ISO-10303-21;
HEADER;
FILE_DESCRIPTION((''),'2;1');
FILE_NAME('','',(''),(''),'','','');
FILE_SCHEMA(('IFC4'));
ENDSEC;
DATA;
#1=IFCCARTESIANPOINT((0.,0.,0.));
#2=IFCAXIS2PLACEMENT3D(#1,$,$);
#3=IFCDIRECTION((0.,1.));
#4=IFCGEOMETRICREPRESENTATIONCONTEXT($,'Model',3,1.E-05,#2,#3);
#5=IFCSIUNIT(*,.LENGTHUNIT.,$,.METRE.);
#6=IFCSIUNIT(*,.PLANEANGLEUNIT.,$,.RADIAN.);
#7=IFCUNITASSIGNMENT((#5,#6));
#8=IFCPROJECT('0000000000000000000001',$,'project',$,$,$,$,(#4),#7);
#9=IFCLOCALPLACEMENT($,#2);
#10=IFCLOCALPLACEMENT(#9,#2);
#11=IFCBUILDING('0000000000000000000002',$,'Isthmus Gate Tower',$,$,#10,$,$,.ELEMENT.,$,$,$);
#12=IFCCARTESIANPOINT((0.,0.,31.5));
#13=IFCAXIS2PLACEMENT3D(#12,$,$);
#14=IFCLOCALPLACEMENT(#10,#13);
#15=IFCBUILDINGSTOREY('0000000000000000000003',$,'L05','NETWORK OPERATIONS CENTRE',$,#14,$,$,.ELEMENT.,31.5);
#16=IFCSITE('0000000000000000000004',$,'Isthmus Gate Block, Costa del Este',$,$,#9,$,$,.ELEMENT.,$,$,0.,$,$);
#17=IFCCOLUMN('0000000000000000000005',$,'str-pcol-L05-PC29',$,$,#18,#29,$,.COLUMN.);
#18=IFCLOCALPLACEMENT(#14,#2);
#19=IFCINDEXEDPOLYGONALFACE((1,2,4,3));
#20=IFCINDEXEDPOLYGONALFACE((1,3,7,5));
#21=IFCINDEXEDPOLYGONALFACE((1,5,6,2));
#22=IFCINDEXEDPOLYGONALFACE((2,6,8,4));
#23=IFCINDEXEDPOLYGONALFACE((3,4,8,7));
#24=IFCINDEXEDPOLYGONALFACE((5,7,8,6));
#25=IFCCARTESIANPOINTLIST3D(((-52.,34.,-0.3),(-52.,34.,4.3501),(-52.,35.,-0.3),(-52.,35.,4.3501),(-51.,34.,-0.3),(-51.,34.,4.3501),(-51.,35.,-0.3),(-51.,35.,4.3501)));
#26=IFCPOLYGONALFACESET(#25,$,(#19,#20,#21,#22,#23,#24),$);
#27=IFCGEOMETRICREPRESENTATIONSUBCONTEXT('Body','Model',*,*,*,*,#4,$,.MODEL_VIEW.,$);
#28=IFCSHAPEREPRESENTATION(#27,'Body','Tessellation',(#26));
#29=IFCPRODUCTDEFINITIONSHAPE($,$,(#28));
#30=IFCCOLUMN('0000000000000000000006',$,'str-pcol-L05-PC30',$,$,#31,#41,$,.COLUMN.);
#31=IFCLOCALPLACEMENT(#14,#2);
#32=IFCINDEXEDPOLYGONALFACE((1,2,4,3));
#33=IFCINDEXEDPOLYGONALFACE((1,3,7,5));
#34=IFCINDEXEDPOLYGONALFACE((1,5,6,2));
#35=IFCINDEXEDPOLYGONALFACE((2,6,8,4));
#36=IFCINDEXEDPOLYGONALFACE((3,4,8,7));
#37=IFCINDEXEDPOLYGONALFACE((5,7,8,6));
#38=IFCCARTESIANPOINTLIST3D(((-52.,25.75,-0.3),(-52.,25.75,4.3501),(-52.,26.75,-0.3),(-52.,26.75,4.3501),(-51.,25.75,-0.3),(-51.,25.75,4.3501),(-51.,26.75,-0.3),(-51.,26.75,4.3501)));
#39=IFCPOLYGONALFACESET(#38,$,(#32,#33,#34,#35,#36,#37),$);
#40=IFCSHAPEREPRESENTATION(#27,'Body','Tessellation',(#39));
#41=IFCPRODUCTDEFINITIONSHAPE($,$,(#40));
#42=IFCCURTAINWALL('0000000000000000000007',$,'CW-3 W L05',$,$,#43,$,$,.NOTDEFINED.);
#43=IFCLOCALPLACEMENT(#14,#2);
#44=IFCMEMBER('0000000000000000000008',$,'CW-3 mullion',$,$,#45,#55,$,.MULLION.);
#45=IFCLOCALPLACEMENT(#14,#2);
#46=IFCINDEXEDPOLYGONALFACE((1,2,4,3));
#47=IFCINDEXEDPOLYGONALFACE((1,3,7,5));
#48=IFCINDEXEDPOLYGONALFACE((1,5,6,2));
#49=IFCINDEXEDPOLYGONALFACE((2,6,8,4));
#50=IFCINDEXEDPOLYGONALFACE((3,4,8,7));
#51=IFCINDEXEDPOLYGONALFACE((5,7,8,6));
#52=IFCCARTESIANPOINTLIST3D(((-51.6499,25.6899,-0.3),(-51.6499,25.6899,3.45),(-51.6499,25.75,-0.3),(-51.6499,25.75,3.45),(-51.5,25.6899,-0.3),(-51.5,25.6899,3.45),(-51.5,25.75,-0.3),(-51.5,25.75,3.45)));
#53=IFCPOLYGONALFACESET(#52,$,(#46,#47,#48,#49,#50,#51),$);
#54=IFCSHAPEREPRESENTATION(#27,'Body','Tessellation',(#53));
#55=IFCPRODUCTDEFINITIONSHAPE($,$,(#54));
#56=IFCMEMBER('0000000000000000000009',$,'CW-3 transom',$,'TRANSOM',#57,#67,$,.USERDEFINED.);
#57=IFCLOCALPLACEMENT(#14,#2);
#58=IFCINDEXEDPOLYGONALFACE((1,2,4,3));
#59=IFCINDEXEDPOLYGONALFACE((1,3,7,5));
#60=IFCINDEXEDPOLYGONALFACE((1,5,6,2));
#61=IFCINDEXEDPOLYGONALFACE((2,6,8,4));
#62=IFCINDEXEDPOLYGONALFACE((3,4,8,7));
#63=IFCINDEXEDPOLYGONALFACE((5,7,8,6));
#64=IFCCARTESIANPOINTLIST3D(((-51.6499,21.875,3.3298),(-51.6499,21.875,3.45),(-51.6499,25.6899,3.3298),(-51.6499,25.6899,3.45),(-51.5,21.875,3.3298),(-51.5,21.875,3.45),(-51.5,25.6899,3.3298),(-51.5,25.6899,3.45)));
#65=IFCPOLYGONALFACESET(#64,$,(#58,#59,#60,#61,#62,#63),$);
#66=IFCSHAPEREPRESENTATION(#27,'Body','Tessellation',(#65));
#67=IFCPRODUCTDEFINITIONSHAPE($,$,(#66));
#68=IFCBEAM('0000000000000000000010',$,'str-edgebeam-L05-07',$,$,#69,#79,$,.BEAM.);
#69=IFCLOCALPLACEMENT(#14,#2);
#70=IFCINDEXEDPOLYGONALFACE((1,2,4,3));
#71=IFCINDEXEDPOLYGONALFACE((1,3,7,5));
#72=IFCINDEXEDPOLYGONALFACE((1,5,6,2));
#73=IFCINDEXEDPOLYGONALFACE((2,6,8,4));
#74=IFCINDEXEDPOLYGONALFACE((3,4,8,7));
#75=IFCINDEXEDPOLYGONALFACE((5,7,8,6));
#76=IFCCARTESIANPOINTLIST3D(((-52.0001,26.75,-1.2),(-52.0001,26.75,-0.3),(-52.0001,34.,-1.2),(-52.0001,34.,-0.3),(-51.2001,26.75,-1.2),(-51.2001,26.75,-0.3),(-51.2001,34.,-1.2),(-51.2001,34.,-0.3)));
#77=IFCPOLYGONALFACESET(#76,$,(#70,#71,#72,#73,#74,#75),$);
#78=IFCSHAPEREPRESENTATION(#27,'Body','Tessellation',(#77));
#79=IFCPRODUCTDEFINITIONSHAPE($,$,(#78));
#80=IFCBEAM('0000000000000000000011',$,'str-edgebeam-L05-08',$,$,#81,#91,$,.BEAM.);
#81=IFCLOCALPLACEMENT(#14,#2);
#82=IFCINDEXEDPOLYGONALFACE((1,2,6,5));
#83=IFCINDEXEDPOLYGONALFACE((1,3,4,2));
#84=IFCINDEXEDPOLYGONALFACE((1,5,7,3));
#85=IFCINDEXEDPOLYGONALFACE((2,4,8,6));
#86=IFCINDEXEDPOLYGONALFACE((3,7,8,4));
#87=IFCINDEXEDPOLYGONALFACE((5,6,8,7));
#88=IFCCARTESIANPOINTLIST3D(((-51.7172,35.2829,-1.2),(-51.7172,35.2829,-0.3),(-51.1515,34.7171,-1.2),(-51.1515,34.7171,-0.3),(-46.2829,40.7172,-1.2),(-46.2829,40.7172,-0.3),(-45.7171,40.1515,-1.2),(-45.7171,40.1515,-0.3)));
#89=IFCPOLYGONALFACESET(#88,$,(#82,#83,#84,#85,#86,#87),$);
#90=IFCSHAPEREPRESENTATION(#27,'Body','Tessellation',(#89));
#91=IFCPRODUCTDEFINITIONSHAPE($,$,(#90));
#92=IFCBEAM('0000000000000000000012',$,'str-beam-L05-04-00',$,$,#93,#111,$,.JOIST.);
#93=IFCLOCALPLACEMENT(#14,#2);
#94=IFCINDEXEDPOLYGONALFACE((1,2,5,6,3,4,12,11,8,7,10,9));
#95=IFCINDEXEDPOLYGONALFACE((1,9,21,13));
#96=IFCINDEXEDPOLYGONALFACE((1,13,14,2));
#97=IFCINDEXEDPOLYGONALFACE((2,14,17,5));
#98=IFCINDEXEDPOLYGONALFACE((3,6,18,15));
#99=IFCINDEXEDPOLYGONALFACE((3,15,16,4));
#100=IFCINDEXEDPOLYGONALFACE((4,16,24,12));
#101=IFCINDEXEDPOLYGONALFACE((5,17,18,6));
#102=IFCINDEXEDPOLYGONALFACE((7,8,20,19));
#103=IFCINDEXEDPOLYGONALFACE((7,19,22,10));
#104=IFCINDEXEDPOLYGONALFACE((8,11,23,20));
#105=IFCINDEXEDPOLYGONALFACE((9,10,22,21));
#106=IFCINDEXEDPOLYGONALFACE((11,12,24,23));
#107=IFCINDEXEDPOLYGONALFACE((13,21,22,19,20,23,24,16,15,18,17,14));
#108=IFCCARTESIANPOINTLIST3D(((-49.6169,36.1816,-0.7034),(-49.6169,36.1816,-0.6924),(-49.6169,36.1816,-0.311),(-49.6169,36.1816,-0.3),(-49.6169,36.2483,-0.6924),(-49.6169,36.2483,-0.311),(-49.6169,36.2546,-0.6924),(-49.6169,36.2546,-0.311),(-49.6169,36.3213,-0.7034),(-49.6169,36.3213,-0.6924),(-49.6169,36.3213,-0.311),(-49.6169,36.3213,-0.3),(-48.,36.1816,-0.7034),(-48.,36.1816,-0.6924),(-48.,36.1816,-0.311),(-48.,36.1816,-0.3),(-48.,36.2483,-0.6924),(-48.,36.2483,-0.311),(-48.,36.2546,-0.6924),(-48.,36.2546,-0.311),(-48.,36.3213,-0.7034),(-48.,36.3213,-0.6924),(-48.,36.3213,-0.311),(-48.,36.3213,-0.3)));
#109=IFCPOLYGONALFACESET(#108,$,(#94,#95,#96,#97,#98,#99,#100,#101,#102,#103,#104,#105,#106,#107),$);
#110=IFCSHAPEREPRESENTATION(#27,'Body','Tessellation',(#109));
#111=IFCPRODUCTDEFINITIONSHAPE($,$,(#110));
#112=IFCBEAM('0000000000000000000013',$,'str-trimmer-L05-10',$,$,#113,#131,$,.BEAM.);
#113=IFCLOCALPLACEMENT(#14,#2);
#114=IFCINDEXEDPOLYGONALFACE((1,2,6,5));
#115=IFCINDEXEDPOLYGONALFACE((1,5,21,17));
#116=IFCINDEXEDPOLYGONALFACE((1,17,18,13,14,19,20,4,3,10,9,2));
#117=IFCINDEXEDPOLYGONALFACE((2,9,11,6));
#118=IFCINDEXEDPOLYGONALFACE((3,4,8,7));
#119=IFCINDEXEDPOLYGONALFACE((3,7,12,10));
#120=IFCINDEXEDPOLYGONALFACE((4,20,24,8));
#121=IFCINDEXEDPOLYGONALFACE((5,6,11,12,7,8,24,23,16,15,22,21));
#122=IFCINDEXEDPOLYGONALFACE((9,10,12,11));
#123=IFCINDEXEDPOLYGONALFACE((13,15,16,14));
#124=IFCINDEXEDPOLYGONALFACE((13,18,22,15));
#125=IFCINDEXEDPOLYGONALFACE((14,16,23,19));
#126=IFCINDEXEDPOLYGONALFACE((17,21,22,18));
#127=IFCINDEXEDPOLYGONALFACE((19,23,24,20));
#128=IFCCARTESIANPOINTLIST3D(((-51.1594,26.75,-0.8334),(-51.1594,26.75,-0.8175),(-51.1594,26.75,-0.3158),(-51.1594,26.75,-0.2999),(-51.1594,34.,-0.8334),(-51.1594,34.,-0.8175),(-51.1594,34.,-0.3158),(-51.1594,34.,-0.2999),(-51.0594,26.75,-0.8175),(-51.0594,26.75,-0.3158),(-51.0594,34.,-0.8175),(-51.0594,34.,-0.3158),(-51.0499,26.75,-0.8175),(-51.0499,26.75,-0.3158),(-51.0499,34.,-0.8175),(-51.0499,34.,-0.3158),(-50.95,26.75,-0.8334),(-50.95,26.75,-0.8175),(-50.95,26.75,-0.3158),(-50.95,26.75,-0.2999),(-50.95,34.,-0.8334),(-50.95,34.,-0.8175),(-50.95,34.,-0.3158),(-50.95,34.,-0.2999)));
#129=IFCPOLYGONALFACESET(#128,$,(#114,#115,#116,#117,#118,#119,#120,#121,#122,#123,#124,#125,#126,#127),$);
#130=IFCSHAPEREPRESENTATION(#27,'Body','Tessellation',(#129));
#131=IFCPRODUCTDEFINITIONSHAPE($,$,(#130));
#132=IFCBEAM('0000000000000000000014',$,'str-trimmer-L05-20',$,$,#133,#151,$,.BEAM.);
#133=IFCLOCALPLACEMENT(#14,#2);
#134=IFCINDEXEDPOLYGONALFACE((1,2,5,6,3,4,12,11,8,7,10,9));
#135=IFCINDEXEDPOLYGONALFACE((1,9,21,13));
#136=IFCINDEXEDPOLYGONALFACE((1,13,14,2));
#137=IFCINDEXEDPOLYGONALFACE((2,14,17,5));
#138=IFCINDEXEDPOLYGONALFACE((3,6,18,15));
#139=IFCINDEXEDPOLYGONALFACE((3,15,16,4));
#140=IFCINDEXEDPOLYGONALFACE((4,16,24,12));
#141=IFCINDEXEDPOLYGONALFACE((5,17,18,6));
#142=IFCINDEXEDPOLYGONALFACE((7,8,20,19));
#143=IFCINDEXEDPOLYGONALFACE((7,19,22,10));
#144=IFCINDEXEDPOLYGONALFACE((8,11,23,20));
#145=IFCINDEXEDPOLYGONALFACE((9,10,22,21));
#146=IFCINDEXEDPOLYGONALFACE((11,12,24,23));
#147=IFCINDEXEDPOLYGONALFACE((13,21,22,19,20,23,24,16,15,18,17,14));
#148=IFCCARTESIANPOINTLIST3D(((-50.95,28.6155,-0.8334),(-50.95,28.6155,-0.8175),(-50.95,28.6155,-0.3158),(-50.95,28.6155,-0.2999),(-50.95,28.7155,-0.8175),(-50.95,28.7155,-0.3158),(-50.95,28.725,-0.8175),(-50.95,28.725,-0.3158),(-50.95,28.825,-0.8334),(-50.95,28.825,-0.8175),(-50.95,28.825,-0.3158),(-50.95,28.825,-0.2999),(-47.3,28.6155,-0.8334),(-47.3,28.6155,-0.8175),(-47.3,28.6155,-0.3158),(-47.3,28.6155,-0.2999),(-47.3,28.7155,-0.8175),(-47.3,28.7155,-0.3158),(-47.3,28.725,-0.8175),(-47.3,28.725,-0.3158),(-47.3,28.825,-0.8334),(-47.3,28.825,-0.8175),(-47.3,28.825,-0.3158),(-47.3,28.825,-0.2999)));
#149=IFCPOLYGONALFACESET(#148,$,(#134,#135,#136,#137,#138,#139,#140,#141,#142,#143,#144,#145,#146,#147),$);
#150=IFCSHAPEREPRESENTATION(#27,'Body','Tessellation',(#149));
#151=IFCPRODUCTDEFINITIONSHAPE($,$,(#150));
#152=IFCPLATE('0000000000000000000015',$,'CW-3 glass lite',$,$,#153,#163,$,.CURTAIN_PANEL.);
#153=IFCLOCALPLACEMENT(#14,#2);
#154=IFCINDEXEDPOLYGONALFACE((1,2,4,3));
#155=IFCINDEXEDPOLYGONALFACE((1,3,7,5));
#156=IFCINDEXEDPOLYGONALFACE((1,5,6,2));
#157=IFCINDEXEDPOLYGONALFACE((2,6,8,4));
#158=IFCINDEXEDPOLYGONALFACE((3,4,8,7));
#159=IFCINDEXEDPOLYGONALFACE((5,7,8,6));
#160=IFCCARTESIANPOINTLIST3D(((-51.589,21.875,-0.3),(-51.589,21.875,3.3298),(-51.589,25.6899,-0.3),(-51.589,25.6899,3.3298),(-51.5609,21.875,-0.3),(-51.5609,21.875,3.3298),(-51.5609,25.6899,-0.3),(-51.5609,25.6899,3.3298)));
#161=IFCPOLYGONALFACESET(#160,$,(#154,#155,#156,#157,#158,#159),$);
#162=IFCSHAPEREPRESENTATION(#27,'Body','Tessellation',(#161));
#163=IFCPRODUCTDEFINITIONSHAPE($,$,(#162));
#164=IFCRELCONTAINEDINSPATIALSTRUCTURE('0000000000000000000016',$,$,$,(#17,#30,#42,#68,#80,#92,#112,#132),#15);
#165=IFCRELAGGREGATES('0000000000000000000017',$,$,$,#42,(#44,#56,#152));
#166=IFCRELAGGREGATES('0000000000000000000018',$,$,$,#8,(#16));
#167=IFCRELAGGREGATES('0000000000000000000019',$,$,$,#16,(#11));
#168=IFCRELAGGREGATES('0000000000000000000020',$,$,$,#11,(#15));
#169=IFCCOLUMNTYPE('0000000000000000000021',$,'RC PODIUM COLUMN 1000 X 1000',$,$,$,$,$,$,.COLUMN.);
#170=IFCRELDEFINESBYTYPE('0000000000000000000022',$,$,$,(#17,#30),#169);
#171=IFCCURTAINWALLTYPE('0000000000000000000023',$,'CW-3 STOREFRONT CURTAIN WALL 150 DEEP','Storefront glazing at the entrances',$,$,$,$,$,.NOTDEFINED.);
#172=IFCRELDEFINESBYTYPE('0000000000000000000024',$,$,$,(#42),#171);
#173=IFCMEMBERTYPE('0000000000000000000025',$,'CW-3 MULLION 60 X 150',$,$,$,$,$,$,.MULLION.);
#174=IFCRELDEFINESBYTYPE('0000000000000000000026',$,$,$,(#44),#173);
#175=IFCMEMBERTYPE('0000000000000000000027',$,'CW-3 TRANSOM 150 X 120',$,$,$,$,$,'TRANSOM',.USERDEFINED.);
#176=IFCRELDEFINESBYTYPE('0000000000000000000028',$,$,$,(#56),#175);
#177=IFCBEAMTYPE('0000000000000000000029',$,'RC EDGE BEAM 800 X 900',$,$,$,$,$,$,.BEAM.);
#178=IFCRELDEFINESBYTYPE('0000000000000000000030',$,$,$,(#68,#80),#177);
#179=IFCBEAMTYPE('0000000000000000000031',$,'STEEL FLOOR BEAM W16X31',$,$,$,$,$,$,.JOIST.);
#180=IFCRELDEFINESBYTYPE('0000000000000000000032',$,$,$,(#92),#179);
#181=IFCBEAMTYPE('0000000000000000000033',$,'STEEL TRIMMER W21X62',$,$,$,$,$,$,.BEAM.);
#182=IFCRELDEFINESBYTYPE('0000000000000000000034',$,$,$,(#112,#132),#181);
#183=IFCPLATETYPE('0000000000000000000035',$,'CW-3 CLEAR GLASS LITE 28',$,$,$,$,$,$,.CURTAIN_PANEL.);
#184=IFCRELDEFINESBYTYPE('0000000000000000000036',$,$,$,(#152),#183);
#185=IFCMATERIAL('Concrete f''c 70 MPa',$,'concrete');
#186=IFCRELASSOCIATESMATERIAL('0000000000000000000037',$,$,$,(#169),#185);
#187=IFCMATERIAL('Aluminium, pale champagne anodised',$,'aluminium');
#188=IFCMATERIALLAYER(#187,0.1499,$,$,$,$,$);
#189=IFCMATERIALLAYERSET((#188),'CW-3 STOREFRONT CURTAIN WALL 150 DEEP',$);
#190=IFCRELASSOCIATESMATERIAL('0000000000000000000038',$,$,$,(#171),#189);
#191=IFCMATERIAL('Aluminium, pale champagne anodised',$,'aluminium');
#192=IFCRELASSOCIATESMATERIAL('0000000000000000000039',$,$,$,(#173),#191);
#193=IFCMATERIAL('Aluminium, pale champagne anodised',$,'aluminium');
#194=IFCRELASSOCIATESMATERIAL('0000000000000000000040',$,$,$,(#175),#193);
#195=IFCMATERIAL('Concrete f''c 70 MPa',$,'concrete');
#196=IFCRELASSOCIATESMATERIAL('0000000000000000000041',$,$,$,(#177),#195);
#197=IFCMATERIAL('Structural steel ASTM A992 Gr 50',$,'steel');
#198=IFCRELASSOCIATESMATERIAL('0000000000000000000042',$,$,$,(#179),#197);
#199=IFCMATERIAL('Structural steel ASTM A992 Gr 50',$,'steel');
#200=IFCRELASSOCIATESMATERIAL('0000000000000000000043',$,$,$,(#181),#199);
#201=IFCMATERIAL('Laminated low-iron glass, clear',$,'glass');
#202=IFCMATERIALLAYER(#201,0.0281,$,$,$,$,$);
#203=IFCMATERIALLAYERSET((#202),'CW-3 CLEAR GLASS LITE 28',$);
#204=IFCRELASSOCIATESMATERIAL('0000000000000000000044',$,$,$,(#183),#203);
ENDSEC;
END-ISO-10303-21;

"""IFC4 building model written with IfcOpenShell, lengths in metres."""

from ifc_helpers import new_model, si_unit, direction, frame, origin, origin_2d, place, context, subcontext, project, spatial, rectangle, i_section, extrude, material, layer, layer_set, material_profile, profile_set, type_object, element, aggregate, save


model = new_model("IFC4")

# Units and contexts
model_context = context("Model", 3, precision=1e-05, world=origin(), true_north=direction((0.0, 1.0)))
body_context = subcontext(model_context, "Body", "Model", "MODEL_VIEW")
ifc_project = project(units=[si_unit("LENGTHUNIT", "METRE"), si_unit("PLANEANGLEUNIT", "RADIAN")], contexts=[model_context])

# Site, building, storey
site_placement = place(None, origin())
site = spatial("IfcSite", under=ifc_project, at=site_placement, Name="Isthmus Gate Block, Costa del Este", CompositionType="ELEMENT", RefElevation=0.0)
building_placement = place(site_placement, origin())
building = spatial("IfcBuilding", under=site, at=building_placement, Name="Isthmus Gate Tower", CompositionType="ELEMENT")
storey_placement = place(building_placement, frame((0.0, 0.0, 31.5)))
storey = spatial("IfcBuildingStorey", under=building, at=storey_placement, Name="L05", Description="NETWORK OPERATIONS CENTRE", CompositionType="ELEMENT", Elevation=31.5)

# Columns
ifc_material_1 = material(Name="Concrete f'c 70 MPa", Category="concrete")
ifc_material_profile_1 = material_profile(ifc_material_1, rectangle(XDim=1.0, YDim=1.0, at=origin_2d()), Name="RC 1000X1000")
ifc_profile_set_1 = profile_set([ifc_material_profile_1], Name="Concrete f'c 70 MPa")
column_type = type_object("IfcColumnType", Name="RC PODIUM COLUMN 1000 X 1000", PredefinedType="COLUMN", material=ifc_profile_set_1)
for number, where, z_axis, x_axis, name in (
    (1, (-51.5, 34.5, -0.3), (0.0, 0.0, 1.0), (0.0, -1.0, 0.0), "str-pcol-L05-PC29"),
    (2, (-51.5, 26.25, -0.3), (0.0, 0.0, 1.0), (0.0, -1.0, 0.0), "str-pcol-L05-PC30"),
):
    element("IfcColumn", number, at=place(storey_placement, frame(where, z_axis=z_axis, x_axis=x_axis)), inside=storey, type_object=column_type, Name=name, PredefinedType="COLUMN", context=body_context, shape_type="SweptSolid", body=[
        extrude(rectangle(XDim=1.0, YDim=1.0, at=origin_2d()), origin(), (0.0, 0.0, 1.0), 4.6501),
    ])

# Curtain wall, members
ifc_material_2 = material(Name="Aluminium, pale champagne anodised", Category="aluminium")
ifc_layer_1 = layer(ifc_material_2, 0.1499)
ifc_layer_set_1 = layer_set([ifc_layer_1], Name="CW-3 STOREFRONT CURTAIN WALL 150 DEEP")
curtain_wall_type = type_object("IfcCurtainWallType", Name="CW-3 STOREFRONT CURTAIN WALL 150 DEEP", Description="Storefront glazing at the entrances", PredefinedType="NOTDEFINED", material=ifc_layer_set_1)
curtain_wall_placement = place(storey_placement, origin())
curtain_wall = element("IfcCurtainWall", 3, at=curtain_wall_placement, inside=storey, type_object=curtain_wall_type, Name="CW-3 W L05", PredefinedType="NOTDEFINED")
ifc_material_3 = material(Name="Aluminium, pale champagne anodised", Category="aluminium")
ifc_material_profile_2 = material_profile(ifc_material_3, rectangle(XDim=0.0601, YDim=0.1499, at=origin_2d()), Name="60x150")
ifc_profile_set_2 = profile_set([ifc_material_profile_2], Name="Aluminium, pale champagne anodised")
member_type_1 = type_object("IfcMemberType", Name="CW-3 MULLION 60 X 150", PredefinedType="MULLION", material=ifc_profile_set_2)
member_1_placement = place(storey_placement, frame((-51.575, 25.72, -0.3), z_axis=(0.0, 0.0, 1.0), x_axis=(0.0, -1.0, 0.0)))
member_1 = element("IfcMember", 4, at=member_1_placement, type_object=member_type_1, Name="CW-3 mullion", PredefinedType="MULLION", context=body_context, shape_type="SweptSolid", body=[
    extrude(rectangle(XDim=0.0601, YDim=0.1499, at=origin_2d()), origin(), (0.0, 0.0, 1.0), 3.75),
])
ifc_material_4 = material(Name="Aluminium, pale champagne anodised", Category="aluminium")
ifc_material_profile_3 = material_profile(ifc_material_4, rectangle(XDim=0.1499, YDim=0.1201, at=origin_2d()), Name="150x120")
ifc_profile_set_3 = profile_set([ifc_material_profile_3], Name="Aluminium, pale champagne anodised")
member_type_2 = type_object("IfcMemberType", Name="CW-3 TRANSOM 150 X 120", ElementType="TRANSOM", PredefinedType="USERDEFINED", material=ifc_profile_set_3)
member_2_placement = place(storey_placement, frame((-51.575, 25.6899, 3.3899), z_axis=(0.0, -1.0, 0.0), x_axis=(1.0, 0.0, 0.0)))
member_2 = element("IfcMember", 5, at=member_2_placement, type_object=member_type_2, Name="CW-3 transom", ObjectType="TRANSOM", PredefinedType="USERDEFINED", context=body_context, shape_type="SweptSolid", body=[
    extrude(rectangle(XDim=0.1499, YDim=0.1201, at=origin_2d()), origin(), (0.0, 0.0, 1.0), 3.8149),
])

# Beams
ifc_material_5 = material(Name="Concrete f'c 70 MPa", Category="concrete")
ifc_material_profile_4 = material_profile(ifc_material_5, rectangle(XDim=0.8, YDim=0.8999, at=origin_2d()), Name="RC 800X900")
ifc_profile_set_4 = profile_set([ifc_material_profile_4], Name="Concrete f'c 70 MPa")
beam_type_1 = type_object("IfcBeamType", Name="RC EDGE BEAM 800 X 900", PredefinedType="BEAM", material=ifc_profile_set_4)
beam_1_placement = place(storey_placement, frame((-51.6001, 26.75, -0.75), z_axis=(0.0, 1.0, 0.0), x_axis=(-1.0, 0.0, 0.0)))
element("IfcBeam", 6, at=beam_1_placement, inside=storey, type_object=beam_type_1, Name="str-edgebeam-L05-07", PredefinedType="BEAM", context=body_context, shape_type="SweptSolid", body=[
    extrude(rectangle(XDim=0.8, YDim=0.8999, at=origin_2d()), origin(), (0.0, 0.0, 1.0), 7.25),
])
beam_2_placement = place(storey_placement, frame((-51.4343, 35.0, -0.75), z_axis=(0.707107, 0.707107, 0.0), x_axis=(-0.707107, 0.707107, 0.0)))
element("IfcBeam", 7, at=beam_2_placement, inside=storey, type_object=beam_type_1, Name="str-edgebeam-L05-08", PredefinedType="BEAM", context=body_context, shape_type="SweptSolid", body=[
    extrude(rectangle(XDim=0.8, YDim=0.8999, at=origin_2d()), origin(), (0.0, 0.0, 1.0), 7.6853),
])
ifc_material_6 = material(Name="Structural steel ASTM A992 Gr 50", Category="steel")
ifc_material_profile_5 = material_profile(ifc_material_6, i_section(OverallWidth=0.1396, OverallDepth=0.4033, WebThickness=0.0063, FlangeThickness=0.011, at=origin_2d()), Name="W16X31")
ifc_profile_set_5 = profile_set([ifc_material_profile_5], Name="Structural steel ASTM A992 Gr 50")
beam_type_2 = type_object("IfcBeamType", Name="STEEL FLOOR BEAM W16X31", PredefinedType="JOIST", material=ifc_profile_set_5)
beam_3_placement = place(storey_placement, frame((-49.6169, 36.2515, -0.5017), z_axis=(1.0, 0.0, 0.0), x_axis=(0.0, 1.0, 0.0)))
element("IfcBeam", 8, at=beam_3_placement, inside=storey, type_object=beam_type_2, Name="str-beam-L05-04-00", PredefinedType="JOIST", context=body_context, shape_type="SweptSolid", body=[
    extrude(i_section(OverallWidth=0.1396, OverallDepth=0.4033, WebThickness=0.0063, FlangeThickness=0.011, at=origin_2d()), origin(), (0.0, 0.0, 1.0), 1.6169),
])
ifc_material_7 = material(Name="Structural steel ASTM A992 Gr 50", Category="steel")
ifc_material_profile_6 = material_profile(ifc_material_7, i_section(OverallWidth=0.2095, OverallDepth=0.5334, WebThickness=0.0095, FlangeThickness=0.0159, at=origin_2d()), Name="W21X62")
ifc_profile_set_6 = profile_set([ifc_material_profile_6], Name="Structural steel ASTM A992 Gr 50")
beam_type_3 = type_object("IfcBeamType", Name="STEEL TRIMMER W21X62", PredefinedType="BEAM", material=ifc_profile_set_6)
beam_4_placement = place(storey_placement, frame((-51.0547, 34.0, -0.5667), z_axis=(0.0, -1.0, 0.0), x_axis=(1.0, 0.0, 0.0)))
element("IfcBeam", 9, at=beam_4_placement, inside=storey, type_object=beam_type_3, Name="str-trimmer-L05-10", PredefinedType="BEAM", context=body_context, shape_type="SweptSolid", body=[
    extrude(i_section(OverallWidth=0.2095, OverallDepth=0.5334, WebThickness=0.0095, FlangeThickness=0.0159, at=origin_2d()), origin(), (0.0, 0.0, 1.0), 7.25),
])
beam_5_placement = place(storey_placement, frame((-50.95, 28.7202, -0.5667), z_axis=(1.0, 0.0, 0.0), x_axis=(0.0, 1.0, 0.0)))
element("IfcBeam", 10, at=beam_5_placement, inside=storey, type_object=beam_type_3, Name="str-trimmer-L05-20", PredefinedType="BEAM", context=body_context, shape_type="SweptSolid", body=[
    extrude(i_section(OverallWidth=0.2095, OverallDepth=0.5334, WebThickness=0.0095, FlangeThickness=0.0159, at=origin_2d()), origin(), (0.0, 0.0, 1.0), 3.6499),
])

# Plate
ifc_material_8 = material(Name="Laminated low-iron glass, clear", Category="glass")
ifc_layer_2 = layer(ifc_material_8, 0.0281)
ifc_layer_set_2 = layer_set([ifc_layer_2], Name="CW-3 CLEAR GLASS LITE 28")
plate_type = type_object("IfcPlateType", Name="CW-3 CLEAR GLASS LITE 28", PredefinedType="CURTAIN_PANEL", material=ifc_layer_set_2)
plate_placement = place(storey_placement, frame((-51.575, 23.7825, -0.3), z_axis=(0.0, 0.0, 1.0), x_axis=(0.0, -1.0, 0.0)))
plate = element("IfcPlate", 11, at=plate_placement, type_object=plate_type, Name="CW-3 glass lite", PredefinedType="CURTAIN_PANEL", context=body_context, shape_type="SweptSolid", body=[
    extrude(rectangle(XDim=3.8149, YDim=0.0281, at=origin_2d()), origin(), (0.0, 0.0, 1.0), 3.6299),
])
aggregate(curtain_wall, [member_1, member_2, plate])

save(model, "model.ifc")
